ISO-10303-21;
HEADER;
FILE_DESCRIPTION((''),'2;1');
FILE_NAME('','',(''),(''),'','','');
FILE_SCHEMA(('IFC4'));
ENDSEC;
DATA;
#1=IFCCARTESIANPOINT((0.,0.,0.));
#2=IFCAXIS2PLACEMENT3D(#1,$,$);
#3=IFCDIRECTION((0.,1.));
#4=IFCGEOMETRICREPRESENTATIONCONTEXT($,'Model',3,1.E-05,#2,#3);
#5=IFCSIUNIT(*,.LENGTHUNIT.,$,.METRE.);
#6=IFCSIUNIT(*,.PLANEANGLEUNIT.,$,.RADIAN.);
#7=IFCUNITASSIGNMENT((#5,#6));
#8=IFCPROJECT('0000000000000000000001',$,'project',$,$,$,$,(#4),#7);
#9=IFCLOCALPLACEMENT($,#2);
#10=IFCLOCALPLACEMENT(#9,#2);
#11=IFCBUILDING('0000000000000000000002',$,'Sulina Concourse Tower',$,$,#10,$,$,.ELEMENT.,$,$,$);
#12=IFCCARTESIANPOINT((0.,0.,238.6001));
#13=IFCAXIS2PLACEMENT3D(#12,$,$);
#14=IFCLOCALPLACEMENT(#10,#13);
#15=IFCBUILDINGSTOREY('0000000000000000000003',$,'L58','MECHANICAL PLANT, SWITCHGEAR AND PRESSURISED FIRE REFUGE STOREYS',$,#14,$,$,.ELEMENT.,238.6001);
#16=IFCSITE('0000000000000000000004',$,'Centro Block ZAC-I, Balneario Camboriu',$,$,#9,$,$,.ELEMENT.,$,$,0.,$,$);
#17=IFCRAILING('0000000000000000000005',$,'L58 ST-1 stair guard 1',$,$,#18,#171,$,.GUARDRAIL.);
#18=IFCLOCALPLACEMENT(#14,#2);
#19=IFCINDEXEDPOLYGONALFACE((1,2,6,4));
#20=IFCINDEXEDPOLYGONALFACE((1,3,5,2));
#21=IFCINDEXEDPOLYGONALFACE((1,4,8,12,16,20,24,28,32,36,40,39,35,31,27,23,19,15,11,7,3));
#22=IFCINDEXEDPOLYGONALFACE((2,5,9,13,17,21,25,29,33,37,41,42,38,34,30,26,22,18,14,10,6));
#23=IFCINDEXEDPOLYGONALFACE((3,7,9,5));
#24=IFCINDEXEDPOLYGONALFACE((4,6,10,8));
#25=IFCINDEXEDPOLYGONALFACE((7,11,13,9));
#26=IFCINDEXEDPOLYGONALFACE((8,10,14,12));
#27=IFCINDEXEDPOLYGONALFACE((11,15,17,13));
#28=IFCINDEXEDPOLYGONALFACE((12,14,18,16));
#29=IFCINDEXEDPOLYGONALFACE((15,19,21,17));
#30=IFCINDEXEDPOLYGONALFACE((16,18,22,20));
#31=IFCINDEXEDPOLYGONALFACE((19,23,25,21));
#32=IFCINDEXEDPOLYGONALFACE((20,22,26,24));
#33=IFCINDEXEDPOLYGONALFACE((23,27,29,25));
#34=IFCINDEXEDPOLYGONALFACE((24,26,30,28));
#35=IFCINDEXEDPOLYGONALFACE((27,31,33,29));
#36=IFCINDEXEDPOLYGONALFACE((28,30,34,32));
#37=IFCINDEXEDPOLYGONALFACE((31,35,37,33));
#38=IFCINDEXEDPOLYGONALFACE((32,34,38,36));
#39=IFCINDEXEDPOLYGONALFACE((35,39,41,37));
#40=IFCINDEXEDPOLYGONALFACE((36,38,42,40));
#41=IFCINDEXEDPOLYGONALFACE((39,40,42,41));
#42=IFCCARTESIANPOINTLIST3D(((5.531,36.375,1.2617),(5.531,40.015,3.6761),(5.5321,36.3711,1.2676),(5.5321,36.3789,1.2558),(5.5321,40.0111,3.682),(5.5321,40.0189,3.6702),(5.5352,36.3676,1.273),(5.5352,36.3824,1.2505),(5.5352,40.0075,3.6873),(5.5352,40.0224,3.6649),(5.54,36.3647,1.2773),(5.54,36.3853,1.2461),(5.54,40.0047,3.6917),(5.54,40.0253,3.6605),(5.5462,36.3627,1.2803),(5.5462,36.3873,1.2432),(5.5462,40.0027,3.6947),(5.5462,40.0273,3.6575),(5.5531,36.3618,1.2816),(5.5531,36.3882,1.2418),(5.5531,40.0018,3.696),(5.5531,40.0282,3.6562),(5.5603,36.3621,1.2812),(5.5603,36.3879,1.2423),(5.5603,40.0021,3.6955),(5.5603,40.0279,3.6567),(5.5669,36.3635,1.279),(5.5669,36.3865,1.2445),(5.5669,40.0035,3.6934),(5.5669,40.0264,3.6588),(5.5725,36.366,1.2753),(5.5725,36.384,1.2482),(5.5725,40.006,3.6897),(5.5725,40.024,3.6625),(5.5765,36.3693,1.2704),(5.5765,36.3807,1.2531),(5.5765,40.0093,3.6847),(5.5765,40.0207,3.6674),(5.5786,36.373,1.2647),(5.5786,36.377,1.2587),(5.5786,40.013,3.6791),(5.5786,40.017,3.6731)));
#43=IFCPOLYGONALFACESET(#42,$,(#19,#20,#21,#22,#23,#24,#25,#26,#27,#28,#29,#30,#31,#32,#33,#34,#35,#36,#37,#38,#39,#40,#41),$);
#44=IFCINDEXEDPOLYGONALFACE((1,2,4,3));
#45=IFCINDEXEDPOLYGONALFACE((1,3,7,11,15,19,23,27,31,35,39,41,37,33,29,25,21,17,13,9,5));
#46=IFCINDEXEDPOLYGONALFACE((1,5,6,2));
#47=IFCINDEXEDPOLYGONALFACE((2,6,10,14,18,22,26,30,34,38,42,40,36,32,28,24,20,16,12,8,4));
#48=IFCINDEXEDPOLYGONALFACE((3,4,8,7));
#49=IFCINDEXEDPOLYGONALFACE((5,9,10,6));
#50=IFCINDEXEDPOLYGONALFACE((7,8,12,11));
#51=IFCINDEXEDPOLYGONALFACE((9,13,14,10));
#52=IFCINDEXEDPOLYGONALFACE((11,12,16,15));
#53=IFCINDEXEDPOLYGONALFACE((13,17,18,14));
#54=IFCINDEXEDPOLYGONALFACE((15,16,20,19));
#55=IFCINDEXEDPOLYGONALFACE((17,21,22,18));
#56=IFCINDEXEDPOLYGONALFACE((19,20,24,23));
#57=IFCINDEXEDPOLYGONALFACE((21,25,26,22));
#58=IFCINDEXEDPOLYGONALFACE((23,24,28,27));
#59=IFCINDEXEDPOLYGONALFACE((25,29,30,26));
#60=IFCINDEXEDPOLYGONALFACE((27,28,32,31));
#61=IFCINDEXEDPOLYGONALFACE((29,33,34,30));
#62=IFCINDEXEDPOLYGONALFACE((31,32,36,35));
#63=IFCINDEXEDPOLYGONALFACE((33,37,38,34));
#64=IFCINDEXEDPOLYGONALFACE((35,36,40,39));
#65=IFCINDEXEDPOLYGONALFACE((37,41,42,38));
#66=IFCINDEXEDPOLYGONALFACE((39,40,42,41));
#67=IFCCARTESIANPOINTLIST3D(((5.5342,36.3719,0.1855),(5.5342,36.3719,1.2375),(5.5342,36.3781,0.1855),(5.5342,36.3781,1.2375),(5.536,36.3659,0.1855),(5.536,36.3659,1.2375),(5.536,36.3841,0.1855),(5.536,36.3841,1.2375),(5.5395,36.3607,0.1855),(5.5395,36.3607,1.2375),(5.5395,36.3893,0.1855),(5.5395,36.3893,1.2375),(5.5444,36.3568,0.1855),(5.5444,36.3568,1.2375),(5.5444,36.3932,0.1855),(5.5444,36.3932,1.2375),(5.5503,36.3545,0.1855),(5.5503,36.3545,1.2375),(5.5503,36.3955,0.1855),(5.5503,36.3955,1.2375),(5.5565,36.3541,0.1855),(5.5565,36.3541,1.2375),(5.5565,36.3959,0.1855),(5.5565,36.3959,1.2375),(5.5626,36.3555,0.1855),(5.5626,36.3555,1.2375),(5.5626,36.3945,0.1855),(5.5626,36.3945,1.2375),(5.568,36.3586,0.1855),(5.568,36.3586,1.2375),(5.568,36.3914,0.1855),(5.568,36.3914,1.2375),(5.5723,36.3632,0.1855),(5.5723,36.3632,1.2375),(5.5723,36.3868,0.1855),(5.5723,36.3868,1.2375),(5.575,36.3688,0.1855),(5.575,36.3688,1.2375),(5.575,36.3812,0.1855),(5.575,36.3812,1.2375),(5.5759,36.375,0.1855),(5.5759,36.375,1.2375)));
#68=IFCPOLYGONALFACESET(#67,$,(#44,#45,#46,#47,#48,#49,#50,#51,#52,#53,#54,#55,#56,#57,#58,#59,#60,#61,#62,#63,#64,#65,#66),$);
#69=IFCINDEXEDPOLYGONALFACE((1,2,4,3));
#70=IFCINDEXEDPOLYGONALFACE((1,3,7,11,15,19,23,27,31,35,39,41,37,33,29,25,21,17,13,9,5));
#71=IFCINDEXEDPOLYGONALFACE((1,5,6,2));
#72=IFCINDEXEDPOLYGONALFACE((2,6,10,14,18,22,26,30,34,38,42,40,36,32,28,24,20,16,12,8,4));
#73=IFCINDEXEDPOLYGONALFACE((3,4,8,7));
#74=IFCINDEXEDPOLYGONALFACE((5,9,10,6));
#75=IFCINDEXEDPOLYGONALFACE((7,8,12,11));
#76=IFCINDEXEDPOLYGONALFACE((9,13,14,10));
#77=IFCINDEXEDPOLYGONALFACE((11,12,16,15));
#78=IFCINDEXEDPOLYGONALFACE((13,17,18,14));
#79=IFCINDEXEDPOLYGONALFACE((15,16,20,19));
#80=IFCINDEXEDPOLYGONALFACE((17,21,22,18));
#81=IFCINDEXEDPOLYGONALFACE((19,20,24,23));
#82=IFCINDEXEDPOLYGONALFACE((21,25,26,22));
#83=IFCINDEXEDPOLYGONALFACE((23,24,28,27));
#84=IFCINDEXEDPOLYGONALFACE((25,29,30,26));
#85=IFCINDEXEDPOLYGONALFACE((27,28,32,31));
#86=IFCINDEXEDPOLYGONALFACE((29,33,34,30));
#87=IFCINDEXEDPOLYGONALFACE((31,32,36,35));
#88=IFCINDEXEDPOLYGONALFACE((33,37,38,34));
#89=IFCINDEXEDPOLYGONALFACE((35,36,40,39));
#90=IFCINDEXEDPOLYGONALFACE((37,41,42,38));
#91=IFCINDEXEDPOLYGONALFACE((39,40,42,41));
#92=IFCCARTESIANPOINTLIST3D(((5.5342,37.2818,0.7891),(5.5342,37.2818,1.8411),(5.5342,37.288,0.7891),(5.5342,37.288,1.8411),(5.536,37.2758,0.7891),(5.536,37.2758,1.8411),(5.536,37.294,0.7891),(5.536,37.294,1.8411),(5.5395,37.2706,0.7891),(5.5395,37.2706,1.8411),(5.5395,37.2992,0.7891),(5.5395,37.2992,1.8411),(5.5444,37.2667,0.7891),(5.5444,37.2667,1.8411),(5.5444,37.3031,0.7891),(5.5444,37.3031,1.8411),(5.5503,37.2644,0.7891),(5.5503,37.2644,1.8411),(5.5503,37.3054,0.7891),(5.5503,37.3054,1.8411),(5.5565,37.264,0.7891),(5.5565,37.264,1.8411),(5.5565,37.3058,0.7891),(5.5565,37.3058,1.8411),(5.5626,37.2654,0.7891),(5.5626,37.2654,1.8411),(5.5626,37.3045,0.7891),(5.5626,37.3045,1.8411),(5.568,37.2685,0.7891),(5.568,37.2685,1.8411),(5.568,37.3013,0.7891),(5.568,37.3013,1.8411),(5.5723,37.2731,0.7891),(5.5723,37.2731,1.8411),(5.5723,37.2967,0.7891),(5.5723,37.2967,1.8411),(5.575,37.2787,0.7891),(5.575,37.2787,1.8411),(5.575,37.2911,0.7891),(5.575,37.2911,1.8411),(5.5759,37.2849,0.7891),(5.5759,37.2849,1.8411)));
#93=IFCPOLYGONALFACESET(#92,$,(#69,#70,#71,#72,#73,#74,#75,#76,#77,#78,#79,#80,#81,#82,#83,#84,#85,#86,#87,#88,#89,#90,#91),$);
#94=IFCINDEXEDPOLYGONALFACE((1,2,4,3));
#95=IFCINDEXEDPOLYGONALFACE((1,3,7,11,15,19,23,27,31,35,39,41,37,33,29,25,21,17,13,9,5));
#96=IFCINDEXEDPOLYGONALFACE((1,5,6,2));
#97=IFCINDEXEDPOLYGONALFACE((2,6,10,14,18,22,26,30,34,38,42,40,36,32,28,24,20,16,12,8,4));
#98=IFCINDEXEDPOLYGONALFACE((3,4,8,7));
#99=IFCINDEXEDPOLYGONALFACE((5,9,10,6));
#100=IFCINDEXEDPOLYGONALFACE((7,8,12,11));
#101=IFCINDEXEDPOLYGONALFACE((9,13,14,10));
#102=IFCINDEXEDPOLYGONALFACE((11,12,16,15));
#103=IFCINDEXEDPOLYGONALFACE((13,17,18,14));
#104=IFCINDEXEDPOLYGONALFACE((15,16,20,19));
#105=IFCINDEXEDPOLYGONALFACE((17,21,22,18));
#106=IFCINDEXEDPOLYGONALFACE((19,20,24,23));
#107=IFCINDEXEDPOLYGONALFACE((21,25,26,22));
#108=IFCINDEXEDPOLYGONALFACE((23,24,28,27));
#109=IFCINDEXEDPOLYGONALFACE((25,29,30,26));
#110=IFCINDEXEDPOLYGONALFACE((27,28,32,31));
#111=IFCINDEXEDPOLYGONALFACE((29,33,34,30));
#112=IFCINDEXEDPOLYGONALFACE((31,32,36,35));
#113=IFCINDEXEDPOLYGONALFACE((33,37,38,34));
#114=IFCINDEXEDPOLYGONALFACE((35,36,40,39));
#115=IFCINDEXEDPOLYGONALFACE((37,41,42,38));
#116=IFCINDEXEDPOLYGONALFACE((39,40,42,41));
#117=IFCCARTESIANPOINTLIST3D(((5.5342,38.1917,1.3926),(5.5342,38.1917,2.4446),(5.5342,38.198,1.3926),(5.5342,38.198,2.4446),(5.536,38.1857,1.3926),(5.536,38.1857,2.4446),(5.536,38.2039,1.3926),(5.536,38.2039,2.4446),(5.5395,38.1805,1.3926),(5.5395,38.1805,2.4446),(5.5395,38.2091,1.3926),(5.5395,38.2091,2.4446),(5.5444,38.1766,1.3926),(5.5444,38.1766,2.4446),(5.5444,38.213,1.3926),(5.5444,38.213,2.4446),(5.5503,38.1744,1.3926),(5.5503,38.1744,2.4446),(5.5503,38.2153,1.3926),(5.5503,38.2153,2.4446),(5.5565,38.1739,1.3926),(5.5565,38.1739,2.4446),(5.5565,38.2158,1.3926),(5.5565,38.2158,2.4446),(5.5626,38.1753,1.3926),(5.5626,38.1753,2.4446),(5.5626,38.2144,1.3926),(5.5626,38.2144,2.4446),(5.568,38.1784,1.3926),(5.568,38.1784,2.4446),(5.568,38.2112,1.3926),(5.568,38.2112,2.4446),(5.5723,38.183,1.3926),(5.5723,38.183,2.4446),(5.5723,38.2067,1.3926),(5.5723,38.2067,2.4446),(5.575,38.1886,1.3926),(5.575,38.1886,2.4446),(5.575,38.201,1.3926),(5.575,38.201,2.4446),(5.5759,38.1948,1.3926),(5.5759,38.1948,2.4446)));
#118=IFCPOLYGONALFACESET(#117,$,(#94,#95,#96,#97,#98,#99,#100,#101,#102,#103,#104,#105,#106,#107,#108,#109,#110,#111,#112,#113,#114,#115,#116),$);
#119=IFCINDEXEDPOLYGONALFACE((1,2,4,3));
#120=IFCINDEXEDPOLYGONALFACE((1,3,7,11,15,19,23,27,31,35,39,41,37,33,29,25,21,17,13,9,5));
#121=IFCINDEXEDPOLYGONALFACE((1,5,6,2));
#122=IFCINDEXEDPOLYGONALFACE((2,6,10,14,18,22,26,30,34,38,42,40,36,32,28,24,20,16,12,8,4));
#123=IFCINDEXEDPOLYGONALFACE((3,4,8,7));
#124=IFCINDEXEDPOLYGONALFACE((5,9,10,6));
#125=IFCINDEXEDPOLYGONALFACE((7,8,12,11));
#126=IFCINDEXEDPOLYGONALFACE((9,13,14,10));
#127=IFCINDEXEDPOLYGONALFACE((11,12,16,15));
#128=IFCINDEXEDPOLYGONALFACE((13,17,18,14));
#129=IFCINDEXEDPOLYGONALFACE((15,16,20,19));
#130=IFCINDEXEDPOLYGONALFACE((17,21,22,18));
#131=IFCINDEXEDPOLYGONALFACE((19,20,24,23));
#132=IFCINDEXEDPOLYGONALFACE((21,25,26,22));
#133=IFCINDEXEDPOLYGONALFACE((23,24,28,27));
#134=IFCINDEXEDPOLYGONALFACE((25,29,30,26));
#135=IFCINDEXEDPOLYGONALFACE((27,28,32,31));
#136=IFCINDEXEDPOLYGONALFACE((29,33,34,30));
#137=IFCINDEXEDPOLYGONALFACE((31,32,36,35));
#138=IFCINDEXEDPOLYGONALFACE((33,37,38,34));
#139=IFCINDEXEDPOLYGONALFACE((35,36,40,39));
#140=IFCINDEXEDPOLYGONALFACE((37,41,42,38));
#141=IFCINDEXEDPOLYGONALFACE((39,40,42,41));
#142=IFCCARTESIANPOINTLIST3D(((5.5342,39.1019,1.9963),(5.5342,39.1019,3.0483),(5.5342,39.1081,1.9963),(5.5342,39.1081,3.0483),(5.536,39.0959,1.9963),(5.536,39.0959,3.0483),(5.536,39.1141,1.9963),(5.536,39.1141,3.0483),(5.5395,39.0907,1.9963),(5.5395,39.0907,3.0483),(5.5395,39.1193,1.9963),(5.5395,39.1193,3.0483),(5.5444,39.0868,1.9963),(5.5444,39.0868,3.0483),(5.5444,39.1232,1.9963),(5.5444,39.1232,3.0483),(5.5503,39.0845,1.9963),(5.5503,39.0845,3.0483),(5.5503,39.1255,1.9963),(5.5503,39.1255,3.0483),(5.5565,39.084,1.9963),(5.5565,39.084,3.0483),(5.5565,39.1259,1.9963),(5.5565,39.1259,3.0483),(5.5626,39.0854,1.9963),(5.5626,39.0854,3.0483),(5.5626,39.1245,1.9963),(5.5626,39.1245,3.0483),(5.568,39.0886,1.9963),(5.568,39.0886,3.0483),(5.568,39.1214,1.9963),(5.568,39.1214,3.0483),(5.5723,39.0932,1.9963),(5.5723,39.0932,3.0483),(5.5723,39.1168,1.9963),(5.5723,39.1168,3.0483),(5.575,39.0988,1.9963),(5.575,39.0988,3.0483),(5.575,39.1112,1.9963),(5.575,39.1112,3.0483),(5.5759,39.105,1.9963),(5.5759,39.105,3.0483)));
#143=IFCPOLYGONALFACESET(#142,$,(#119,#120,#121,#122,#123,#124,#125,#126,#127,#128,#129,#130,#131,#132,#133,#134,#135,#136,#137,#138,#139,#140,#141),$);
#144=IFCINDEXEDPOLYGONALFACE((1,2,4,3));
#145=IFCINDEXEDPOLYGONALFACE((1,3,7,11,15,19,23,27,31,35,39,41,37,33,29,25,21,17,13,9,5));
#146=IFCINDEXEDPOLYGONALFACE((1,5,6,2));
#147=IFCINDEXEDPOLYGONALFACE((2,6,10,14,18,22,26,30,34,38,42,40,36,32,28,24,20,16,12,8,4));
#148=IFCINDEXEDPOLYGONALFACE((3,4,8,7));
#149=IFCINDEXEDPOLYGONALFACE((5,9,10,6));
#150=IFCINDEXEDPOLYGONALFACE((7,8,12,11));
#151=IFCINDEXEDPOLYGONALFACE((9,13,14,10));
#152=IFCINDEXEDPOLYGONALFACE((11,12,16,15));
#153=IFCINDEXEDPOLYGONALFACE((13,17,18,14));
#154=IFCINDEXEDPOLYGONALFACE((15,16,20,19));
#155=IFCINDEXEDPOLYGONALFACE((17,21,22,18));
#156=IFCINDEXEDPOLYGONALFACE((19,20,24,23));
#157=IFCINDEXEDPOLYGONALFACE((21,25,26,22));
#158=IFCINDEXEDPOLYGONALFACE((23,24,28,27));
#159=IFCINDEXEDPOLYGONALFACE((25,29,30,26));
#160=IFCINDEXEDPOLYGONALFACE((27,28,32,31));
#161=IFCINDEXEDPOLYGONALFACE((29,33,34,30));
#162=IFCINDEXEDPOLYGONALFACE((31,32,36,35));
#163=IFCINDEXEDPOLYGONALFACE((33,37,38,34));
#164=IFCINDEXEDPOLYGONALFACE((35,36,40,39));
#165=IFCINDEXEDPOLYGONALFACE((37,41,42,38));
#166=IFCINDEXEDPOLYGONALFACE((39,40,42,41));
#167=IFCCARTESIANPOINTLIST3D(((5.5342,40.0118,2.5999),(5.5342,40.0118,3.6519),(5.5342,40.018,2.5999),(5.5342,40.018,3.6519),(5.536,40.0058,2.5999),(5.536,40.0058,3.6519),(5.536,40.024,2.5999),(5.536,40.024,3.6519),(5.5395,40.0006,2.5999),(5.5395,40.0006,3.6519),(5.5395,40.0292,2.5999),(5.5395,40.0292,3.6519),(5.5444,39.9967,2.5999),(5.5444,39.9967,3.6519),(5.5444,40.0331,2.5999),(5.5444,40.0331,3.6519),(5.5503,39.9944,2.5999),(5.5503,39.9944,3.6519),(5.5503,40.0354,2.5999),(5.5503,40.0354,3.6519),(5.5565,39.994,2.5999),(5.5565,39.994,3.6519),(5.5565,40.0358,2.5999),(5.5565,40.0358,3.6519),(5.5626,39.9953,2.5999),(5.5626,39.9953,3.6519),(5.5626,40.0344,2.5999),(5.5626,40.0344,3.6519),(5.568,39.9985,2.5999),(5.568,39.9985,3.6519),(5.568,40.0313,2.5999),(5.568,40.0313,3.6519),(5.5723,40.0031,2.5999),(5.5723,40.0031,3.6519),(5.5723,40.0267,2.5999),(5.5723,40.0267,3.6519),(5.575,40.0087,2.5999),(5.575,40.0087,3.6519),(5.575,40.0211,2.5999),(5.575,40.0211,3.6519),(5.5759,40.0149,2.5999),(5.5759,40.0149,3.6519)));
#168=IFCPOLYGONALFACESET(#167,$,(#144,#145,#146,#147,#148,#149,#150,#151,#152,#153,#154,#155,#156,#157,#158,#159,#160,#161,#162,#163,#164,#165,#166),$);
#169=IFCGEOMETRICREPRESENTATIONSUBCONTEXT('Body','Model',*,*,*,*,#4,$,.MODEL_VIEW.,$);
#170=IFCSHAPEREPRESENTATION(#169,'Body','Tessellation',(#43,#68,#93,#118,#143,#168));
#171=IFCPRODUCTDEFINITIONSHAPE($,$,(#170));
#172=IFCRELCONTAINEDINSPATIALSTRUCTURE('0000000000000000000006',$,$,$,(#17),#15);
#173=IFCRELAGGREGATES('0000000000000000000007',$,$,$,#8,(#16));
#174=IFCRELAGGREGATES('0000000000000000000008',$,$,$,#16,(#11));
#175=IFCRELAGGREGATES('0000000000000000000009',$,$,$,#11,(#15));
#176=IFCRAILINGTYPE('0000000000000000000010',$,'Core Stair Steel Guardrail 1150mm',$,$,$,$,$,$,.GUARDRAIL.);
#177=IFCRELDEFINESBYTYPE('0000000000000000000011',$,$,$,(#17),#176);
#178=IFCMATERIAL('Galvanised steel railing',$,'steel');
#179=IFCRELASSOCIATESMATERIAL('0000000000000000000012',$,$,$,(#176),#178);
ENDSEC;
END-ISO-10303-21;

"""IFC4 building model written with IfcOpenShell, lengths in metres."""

from ifc_helpers import new_model, si_unit, direction, frame, origin, origin_2d, place, context, subcontext, project, spatial, circle, extrude, material, type_object, element, save


model = new_model("IFC4")

# Units and contexts
model_context = context("Model", 3, precision=1e-05, world=origin(), true_north=direction((0.0, 1.0)))
body_context = subcontext(model_context, "Body", "Model", "MODEL_VIEW")
ifc_project = project(units=[si_unit("LENGTHUNIT", "METRE"), si_unit("PLANEANGLEUNIT", "RADIAN")], contexts=[model_context])

# Site, building, storey
site_placement = place(None, origin())
site = spatial("IfcSite", under=ifc_project, at=site_placement, Name="Centro Block ZAC-I, Balneario Camboriu", CompositionType="ELEMENT", RefElevation=0.0)
building_placement = place(site_placement, origin())
building = spatial("IfcBuilding", under=site, at=building_placement, Name="Sulina Concourse Tower", CompositionType="ELEMENT")
storey_placement = place(building_placement, frame((0.0, 0.0, 238.6001)))
storey = spatial("IfcBuildingStorey", under=building, at=storey_placement, Name="L58", Description="MECHANICAL PLANT, SWITCHGEAR AND PRESSURISED FIRE REFUGE STOREYS", CompositionType="ELEMENT", Elevation=238.6001)

# Railing
ifc_material_1 = material(Name="Galvanised steel railing", Category="steel")
railing_type = type_object("IfcRailingType", Name="Core Stair Steel Guardrail 1150mm", PredefinedType="GUARDRAIL", material=ifc_material_1)
railing_1_placement = place(storey_placement, frame((5.5549, 36.375, 0.1855)))
element("IfcRailing", 1, at=railing_1_placement, inside=storey, type_object=railing_type, Name="L58 ST-1 stair guard 1", PredefinedType="GUARDRAIL", context=body_context, shape_type="SweptSolid", body=[
    extrude(circle(Radius=0.0239, at=origin_2d()), frame((0.0, 0.0, 1.0762), z_axis=(0.0, 0.833347, 0.552751), x_axis=(-1.0, 0.0, 0.0)), (0.0, 0.0, 1.0), 4.3679),
    extrude(circle(Radius=0.021, at=origin_2d()), origin(), (0.0, 0.0, 1.0), 1.052),
    extrude(circle(Radius=0.021, at=origin_2d()), frame((0.0, 0.9099, 0.6035)), (0.0, 0.0, 1.0), 1.052),
    extrude(circle(Radius=0.021, at=origin_2d()), frame((0.0, 1.8198, 1.207)), (0.0, 0.0, 1.0), 1.052),
    extrude(circle(Radius=0.021, at=origin_2d()), frame((0.0, 2.73, 1.8108)), (0.0, 0.0, 1.0), 1.052),
    extrude(circle(Radius=0.021, at=origin_2d()), frame((0.0, 3.6399, 2.4143)), (0.0, 0.0, 1.0), 1.052),
])

save(model, "model.ifc")
